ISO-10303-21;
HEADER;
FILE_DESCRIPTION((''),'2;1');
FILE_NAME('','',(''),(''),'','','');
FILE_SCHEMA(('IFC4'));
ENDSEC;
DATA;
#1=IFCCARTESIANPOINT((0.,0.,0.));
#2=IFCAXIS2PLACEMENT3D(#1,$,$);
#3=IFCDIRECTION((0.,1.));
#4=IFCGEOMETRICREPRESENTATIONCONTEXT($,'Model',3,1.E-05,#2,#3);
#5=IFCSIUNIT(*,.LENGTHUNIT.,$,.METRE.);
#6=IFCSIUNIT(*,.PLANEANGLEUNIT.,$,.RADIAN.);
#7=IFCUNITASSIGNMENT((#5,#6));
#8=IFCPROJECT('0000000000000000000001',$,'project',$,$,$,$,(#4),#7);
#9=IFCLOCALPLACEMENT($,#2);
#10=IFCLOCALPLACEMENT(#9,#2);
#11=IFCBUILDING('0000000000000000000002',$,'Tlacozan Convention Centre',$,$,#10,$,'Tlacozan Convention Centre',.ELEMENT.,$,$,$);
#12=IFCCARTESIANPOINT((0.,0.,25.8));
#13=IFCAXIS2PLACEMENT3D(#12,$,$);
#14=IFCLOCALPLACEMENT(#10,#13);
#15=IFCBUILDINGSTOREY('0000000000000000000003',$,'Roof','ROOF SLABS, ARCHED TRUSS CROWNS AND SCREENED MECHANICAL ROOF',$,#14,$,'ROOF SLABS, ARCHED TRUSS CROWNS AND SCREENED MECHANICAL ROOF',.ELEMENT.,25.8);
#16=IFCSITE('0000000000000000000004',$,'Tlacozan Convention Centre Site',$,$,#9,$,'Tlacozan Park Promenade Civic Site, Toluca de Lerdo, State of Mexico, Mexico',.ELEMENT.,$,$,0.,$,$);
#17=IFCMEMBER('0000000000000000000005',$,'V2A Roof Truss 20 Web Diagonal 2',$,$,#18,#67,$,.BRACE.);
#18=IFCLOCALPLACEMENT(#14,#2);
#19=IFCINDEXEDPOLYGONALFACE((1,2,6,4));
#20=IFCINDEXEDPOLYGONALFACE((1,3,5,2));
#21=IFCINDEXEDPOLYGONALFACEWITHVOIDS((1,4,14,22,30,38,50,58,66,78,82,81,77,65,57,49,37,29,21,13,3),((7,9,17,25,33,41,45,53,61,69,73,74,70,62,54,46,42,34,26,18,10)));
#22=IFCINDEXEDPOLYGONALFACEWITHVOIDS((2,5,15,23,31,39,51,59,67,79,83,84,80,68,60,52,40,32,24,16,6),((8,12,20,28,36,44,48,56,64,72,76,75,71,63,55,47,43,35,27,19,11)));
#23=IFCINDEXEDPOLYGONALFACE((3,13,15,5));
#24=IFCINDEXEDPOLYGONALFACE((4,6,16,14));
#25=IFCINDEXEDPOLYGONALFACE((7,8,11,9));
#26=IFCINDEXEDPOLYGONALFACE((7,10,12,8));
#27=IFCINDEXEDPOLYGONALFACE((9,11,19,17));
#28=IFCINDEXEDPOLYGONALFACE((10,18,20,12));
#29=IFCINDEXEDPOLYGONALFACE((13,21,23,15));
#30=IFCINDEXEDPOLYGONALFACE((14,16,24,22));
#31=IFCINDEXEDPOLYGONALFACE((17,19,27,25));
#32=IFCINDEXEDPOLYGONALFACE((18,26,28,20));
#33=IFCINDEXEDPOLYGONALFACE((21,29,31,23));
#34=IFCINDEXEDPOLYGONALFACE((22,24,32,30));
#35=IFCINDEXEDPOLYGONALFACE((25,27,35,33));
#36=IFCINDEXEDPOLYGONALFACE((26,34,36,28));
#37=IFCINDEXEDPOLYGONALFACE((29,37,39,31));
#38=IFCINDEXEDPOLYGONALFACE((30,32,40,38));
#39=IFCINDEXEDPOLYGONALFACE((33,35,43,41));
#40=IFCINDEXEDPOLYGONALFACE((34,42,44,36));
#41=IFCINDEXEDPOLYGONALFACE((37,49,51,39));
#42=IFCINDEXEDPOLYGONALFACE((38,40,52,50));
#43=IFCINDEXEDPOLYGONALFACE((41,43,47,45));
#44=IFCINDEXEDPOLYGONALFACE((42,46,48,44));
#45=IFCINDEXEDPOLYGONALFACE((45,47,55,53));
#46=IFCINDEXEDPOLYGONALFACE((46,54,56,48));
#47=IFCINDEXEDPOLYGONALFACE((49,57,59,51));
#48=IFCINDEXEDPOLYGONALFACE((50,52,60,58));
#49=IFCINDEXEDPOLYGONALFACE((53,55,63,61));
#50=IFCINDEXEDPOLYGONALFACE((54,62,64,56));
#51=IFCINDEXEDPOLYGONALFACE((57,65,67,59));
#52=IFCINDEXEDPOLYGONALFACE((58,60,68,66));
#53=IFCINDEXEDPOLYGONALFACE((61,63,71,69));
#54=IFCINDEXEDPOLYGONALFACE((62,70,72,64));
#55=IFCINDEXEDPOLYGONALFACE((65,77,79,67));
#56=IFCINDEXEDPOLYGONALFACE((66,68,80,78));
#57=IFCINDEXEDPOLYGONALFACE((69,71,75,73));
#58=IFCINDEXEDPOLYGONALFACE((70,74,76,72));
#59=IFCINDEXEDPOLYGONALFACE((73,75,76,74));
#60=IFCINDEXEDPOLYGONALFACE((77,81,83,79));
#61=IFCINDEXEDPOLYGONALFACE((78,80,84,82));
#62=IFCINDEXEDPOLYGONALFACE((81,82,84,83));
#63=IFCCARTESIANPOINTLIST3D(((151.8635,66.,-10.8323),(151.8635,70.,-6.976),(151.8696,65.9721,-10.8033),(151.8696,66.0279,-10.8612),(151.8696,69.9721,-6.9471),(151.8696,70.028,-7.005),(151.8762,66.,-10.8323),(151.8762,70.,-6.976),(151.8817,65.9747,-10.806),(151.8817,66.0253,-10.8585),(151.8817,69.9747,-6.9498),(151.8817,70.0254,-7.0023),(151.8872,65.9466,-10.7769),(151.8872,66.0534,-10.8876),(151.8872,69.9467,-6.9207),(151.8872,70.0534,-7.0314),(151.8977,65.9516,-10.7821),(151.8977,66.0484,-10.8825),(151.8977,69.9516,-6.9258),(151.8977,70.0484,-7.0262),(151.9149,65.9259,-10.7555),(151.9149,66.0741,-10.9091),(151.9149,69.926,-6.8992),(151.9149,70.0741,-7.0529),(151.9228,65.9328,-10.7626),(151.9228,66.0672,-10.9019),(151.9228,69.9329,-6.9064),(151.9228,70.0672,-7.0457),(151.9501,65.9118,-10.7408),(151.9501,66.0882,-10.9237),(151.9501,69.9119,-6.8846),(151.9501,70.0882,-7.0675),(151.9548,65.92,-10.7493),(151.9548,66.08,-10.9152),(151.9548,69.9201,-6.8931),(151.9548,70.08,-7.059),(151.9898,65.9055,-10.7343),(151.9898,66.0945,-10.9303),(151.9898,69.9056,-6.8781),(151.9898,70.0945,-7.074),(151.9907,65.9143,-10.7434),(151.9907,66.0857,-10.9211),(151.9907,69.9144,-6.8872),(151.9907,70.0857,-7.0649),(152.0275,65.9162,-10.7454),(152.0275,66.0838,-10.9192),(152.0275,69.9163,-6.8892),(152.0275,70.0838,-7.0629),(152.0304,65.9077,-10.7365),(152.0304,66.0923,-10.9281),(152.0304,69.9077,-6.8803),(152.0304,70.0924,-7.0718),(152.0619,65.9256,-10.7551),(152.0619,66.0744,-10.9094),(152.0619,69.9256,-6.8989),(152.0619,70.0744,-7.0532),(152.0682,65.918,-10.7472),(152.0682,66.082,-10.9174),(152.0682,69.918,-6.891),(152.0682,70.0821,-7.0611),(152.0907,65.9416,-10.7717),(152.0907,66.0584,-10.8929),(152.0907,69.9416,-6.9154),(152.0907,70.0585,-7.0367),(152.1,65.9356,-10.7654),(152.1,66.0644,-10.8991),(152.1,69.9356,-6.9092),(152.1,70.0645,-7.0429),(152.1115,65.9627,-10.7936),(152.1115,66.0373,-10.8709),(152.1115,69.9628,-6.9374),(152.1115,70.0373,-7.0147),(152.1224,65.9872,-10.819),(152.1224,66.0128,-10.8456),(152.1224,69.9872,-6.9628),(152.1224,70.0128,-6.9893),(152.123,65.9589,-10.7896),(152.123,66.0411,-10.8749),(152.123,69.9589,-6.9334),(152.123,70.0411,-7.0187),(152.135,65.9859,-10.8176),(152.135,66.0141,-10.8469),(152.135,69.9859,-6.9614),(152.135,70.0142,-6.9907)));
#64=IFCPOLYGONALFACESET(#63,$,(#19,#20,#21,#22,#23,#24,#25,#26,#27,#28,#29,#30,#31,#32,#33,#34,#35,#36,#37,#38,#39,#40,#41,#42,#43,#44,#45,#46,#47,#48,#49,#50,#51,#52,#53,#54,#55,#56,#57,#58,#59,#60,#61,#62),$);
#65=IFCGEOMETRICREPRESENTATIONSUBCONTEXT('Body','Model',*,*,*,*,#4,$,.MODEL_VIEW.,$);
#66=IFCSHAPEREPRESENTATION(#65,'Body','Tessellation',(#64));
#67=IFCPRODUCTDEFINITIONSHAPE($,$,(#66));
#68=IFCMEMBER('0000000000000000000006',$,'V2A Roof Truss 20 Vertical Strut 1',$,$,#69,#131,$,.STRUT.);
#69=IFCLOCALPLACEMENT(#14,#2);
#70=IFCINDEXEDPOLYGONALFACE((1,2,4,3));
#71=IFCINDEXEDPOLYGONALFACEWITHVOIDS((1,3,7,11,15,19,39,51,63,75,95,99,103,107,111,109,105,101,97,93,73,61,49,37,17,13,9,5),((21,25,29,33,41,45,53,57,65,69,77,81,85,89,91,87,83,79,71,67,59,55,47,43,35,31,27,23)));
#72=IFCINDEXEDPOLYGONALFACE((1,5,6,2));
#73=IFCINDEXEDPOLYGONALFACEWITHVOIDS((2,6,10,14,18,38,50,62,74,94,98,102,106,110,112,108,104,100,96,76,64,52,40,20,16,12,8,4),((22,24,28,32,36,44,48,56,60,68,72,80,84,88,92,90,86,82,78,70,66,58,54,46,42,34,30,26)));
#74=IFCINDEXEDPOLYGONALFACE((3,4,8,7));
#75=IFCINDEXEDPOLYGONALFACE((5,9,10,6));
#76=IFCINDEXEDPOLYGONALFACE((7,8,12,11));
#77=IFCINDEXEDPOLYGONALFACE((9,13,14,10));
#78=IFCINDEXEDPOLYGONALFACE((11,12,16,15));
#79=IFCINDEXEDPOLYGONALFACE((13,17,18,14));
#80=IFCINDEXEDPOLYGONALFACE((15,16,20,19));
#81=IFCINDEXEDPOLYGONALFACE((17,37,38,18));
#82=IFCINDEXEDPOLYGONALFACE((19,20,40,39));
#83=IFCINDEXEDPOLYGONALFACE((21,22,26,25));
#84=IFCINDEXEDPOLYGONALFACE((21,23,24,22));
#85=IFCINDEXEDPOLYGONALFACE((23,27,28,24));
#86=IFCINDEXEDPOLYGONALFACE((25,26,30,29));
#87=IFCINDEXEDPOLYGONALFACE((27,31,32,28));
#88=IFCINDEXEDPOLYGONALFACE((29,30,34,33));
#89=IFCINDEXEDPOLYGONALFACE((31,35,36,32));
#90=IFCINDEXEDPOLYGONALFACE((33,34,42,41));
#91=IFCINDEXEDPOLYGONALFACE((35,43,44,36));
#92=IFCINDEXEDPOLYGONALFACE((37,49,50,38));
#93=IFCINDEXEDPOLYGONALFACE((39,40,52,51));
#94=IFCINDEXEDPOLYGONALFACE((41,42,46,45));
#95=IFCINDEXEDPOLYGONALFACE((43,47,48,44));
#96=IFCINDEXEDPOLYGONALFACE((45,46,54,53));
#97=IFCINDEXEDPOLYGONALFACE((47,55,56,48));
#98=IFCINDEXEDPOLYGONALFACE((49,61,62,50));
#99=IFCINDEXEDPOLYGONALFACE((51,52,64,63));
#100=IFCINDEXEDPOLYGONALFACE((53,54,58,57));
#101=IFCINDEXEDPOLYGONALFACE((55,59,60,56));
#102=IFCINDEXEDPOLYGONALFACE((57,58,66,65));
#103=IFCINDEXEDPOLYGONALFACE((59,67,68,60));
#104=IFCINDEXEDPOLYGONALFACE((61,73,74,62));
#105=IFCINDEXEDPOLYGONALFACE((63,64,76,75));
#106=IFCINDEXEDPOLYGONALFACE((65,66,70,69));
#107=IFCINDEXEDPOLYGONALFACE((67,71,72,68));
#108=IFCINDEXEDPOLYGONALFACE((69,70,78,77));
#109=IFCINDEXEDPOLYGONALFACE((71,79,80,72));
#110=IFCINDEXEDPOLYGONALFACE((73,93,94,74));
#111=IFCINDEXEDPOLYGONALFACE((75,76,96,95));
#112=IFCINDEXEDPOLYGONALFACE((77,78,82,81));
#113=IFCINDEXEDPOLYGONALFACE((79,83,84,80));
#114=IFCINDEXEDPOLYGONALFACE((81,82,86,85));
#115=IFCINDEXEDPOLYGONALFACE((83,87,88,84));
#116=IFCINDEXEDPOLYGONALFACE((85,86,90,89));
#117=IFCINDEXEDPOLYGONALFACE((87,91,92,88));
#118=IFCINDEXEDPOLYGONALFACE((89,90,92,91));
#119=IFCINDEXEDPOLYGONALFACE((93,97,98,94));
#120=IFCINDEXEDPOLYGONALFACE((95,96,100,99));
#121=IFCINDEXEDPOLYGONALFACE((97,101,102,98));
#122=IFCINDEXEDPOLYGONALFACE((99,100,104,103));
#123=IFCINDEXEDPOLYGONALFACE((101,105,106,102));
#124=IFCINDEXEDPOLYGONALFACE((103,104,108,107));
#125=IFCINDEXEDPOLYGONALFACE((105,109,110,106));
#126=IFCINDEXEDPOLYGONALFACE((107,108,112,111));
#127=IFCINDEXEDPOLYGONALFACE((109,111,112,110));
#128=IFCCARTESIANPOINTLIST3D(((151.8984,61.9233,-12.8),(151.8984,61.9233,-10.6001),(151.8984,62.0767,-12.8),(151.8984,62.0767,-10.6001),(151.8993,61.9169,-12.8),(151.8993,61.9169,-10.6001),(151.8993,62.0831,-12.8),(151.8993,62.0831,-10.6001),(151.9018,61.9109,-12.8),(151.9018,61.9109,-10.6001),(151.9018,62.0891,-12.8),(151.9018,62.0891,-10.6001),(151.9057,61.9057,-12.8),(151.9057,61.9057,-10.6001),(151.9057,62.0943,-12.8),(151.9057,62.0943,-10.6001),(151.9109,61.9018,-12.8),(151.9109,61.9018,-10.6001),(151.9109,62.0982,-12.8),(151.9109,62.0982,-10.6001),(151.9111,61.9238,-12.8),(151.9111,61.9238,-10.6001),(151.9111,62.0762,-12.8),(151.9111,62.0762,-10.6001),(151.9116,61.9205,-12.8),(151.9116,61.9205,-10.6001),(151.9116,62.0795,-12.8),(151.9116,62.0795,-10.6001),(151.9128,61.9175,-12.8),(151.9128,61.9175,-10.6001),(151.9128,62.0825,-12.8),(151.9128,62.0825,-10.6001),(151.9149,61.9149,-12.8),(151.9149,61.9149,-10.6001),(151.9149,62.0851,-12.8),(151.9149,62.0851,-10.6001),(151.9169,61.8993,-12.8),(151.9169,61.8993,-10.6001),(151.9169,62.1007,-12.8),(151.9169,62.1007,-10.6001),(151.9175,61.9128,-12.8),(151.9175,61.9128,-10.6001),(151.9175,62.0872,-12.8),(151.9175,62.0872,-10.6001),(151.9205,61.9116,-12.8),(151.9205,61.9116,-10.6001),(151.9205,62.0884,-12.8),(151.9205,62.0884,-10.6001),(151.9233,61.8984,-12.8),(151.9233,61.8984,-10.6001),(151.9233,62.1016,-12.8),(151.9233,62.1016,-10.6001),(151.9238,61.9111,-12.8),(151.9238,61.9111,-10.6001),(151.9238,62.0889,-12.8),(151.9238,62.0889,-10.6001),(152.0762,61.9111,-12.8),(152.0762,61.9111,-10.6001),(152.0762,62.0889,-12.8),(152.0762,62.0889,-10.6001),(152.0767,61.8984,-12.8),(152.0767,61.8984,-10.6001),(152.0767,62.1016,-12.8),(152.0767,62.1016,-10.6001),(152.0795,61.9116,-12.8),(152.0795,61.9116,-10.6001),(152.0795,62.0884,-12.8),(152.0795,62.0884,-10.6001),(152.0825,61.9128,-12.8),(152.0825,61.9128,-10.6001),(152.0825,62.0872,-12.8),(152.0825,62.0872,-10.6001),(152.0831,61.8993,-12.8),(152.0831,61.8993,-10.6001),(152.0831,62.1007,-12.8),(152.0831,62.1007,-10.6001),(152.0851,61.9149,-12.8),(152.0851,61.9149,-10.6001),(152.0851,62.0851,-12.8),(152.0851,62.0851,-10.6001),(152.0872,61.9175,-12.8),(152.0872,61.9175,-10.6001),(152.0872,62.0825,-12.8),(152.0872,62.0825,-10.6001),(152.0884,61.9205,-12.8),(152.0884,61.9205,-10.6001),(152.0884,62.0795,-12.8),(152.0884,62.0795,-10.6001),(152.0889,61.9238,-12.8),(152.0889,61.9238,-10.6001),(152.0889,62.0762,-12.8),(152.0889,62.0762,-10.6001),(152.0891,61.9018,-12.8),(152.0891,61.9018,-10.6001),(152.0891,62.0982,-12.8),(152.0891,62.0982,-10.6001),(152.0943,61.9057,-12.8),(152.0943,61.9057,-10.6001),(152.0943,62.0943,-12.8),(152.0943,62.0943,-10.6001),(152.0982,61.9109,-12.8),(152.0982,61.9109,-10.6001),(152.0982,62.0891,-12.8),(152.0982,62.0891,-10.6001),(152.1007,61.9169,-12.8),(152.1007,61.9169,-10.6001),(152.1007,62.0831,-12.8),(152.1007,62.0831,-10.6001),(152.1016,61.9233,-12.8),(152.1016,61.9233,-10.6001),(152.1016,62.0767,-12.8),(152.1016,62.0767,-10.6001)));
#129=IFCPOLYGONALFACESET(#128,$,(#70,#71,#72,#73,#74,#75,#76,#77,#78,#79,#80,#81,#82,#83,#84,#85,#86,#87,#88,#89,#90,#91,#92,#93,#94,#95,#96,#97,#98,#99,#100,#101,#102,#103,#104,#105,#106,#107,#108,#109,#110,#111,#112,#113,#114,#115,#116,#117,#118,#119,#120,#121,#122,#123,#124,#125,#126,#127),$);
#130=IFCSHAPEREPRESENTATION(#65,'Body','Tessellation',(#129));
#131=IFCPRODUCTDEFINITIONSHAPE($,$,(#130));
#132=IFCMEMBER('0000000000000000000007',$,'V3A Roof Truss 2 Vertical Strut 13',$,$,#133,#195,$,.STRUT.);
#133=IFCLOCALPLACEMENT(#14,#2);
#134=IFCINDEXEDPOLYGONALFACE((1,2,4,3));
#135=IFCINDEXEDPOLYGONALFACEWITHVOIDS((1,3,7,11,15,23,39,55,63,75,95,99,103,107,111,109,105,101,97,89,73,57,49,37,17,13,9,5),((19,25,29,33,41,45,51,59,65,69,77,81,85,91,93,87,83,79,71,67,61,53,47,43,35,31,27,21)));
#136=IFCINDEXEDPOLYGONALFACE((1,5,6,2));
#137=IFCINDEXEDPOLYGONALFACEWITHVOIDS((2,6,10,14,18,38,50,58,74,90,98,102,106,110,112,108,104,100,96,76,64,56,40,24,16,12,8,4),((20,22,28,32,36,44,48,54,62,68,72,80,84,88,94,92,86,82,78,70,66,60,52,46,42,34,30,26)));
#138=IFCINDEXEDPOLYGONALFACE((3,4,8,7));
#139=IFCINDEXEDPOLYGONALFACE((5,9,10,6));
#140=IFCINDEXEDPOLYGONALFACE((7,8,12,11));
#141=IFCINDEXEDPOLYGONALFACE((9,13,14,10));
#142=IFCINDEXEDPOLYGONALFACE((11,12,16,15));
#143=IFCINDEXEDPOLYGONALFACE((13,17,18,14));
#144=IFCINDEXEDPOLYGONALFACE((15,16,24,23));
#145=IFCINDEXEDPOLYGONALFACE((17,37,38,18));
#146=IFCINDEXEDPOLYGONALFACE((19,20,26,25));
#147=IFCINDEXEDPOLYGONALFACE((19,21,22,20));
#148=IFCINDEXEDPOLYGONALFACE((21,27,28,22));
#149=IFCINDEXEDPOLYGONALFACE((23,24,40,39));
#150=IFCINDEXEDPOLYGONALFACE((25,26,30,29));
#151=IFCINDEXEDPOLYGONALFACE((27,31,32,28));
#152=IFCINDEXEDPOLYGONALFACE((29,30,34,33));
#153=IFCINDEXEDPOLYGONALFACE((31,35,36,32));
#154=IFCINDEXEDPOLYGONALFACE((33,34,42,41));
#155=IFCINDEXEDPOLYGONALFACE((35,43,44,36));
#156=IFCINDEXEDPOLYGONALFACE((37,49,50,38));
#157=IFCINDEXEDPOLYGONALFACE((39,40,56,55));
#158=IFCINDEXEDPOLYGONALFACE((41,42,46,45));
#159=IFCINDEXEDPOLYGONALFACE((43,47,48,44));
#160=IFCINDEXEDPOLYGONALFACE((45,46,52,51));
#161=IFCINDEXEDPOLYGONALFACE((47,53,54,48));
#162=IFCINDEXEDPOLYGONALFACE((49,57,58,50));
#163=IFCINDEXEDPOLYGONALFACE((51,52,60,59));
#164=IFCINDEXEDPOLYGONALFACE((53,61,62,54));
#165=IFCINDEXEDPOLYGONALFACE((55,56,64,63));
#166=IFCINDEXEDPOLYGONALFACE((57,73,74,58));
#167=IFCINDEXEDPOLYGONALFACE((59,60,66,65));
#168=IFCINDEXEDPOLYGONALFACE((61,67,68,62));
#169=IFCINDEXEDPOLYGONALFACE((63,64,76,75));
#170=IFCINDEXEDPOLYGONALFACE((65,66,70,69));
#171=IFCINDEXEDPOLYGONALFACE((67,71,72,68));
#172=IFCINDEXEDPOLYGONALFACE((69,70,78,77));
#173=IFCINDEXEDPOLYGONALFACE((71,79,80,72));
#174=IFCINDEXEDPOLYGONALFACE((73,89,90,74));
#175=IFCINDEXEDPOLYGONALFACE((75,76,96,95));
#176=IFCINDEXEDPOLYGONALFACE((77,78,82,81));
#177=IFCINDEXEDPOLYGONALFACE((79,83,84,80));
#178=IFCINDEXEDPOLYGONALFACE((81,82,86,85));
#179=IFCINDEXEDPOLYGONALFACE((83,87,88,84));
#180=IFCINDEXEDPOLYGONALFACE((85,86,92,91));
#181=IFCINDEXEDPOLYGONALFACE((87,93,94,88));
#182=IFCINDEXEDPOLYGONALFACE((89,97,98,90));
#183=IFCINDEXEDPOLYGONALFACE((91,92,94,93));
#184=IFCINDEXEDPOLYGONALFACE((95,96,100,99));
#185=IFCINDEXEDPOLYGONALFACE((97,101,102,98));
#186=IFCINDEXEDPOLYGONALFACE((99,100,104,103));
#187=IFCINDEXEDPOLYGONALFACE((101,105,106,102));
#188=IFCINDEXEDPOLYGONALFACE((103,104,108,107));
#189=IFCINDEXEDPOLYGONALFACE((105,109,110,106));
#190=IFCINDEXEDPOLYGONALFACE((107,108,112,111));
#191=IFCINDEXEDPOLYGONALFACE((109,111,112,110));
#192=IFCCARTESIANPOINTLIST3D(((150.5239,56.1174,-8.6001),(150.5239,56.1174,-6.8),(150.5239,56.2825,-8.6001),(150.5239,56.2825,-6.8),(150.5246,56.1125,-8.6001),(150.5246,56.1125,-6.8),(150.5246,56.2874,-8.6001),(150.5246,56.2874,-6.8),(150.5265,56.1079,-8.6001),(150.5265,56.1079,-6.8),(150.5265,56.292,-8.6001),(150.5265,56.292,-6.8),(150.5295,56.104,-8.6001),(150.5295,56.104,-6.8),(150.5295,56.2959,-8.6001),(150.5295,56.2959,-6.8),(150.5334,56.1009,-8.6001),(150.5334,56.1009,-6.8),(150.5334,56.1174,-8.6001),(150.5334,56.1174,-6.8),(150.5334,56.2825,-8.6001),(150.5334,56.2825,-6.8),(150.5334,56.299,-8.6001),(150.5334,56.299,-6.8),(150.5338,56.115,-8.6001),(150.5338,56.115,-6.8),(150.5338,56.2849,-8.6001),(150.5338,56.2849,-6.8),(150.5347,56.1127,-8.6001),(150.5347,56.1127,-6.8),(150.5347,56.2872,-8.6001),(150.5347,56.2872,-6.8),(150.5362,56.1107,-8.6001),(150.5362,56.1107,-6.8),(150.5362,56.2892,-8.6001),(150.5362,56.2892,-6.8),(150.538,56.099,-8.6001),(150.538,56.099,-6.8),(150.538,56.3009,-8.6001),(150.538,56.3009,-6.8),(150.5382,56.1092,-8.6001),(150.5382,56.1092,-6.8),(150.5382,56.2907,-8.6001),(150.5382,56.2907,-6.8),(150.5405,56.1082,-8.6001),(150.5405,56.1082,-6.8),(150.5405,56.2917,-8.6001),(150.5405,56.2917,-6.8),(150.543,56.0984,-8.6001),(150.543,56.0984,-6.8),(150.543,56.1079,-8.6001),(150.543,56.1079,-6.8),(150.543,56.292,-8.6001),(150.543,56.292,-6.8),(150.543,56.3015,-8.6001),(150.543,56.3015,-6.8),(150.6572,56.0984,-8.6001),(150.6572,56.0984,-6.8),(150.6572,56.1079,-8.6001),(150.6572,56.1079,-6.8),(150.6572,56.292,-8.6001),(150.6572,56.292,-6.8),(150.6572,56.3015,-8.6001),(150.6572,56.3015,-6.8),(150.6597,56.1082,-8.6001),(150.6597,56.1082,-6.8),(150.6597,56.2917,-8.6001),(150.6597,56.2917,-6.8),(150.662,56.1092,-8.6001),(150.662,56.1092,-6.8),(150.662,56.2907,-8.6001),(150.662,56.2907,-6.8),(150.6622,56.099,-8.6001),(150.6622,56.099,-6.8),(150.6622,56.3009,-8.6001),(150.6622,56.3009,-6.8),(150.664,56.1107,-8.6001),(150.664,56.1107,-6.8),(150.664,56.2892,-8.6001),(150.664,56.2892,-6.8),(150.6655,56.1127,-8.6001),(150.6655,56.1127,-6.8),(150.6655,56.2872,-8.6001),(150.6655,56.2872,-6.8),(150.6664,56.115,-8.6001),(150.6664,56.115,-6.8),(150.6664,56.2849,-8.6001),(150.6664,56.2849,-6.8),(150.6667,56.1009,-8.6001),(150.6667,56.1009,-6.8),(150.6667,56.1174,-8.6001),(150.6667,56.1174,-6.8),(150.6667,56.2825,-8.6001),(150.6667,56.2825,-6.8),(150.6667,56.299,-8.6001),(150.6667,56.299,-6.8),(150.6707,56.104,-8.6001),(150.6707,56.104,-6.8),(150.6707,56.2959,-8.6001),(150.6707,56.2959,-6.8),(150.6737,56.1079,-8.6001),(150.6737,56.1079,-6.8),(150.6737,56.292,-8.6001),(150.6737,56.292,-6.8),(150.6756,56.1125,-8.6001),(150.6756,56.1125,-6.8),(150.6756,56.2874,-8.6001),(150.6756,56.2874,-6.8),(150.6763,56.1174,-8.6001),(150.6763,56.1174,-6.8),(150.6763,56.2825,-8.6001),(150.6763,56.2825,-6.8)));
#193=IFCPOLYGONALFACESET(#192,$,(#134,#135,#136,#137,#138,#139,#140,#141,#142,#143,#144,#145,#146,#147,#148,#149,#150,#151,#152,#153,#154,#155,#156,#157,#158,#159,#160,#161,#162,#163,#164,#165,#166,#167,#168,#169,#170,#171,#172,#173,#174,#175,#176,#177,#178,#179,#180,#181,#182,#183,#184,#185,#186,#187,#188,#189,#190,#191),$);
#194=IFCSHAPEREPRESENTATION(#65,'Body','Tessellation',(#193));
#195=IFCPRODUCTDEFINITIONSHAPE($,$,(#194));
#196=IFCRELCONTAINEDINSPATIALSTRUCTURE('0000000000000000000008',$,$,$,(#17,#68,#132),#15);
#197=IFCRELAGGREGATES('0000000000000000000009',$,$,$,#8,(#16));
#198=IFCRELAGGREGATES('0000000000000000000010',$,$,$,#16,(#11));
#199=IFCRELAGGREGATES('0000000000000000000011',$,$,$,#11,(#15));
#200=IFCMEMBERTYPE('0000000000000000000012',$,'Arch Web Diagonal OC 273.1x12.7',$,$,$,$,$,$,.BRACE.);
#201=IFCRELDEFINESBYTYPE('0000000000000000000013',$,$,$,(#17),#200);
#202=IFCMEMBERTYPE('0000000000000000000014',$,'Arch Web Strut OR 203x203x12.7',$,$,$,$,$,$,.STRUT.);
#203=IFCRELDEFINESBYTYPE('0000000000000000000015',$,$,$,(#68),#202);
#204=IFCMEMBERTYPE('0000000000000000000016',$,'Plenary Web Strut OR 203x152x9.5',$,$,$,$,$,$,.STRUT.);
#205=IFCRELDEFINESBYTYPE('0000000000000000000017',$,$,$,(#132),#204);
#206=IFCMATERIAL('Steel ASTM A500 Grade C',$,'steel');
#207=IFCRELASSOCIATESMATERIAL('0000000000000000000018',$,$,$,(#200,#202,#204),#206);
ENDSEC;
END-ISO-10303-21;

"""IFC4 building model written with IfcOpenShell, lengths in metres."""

from ifc_helpers import new_model, si_unit, direction, frame, origin, origin_2d, place, context, subcontext, project, spatial, hollow_rectangle, hollow_circle, extrude, material, material_profile, profile_set, type_object, element, save


model = new_model("IFC4")

# Units and contexts
model_context = context("Model", 3, precision=1e-05, world=origin(), true_north=direction((0.0, 1.0)))
body_context = subcontext(model_context, "Body", "Model", "MODEL_VIEW")
ifc_project = project(units=[si_unit("LENGTHUNIT", "METRE"), si_unit("PLANEANGLEUNIT", "RADIAN")], contexts=[model_context])

# Site, building, storey
site_placement = place(None, origin())
site = spatial("IfcSite", under=ifc_project, at=site_placement, Name="Tlacozan Convention Centre Site", LongName="Tlacozan Park Promenade Civic Site, Toluca de Lerdo, State of Mexico, Mexico", CompositionType="ELEMENT", RefElevation=0.0)
building_placement = place(site_placement, origin())
building = spatial("IfcBuilding", under=site, at=building_placement, Name="Tlacozan Convention Centre", LongName="Tlacozan Convention Centre", CompositionType="ELEMENT")
storey_placement = place(building_placement, frame((0.0, 0.0, 25.8)))
storey = spatial("IfcBuildingStorey", under=building, at=storey_placement, Name="Roof", Description="ROOF SLABS, ARCHED TRUSS CROWNS AND SCREENED MECHANICAL ROOF", LongName="ROOF SLABS, ARCHED TRUSS CROWNS AND SCREENED MECHANICAL ROOF", CompositionType="ELEMENT", Elevation=25.8)

# Members
ifc_material_1 = material(Name="Steel ASTM A500 Grade C", Category="steel")
ifc_material_profile_1 = material_profile(ifc_material_1, hollow_circle(Radius=0.1365, WallThickness=0.0127, at=origin_2d()), Name="OC 273.1x12.7")
ifc_profile_set_1 = profile_set([ifc_material_profile_1], Name="Steel ASTM A500 Grade C")
member_type_1 = type_object("IfcMemberType", Name="Arch Web Diagonal OC 273.1x12.7", PredefinedType="BRACE", material=ifc_profile_set_1)
member_1_placement = place(storey_placement, frame((152.0, 66.0, -10.8323), z_axis=(0.0, 0.719929, 0.694048), x_axis=(-1.0, 0.0, 0.0)))
element("IfcMember", 1, at=member_1_placement, inside=storey, type_object=member_type_1, Name="V2A Roof Truss 20 Web Diagonal 2", PredefinedType="BRACE", context=body_context, shape_type="SweptSolid", body=[
    extrude(hollow_circle(Radius=0.1365, WallThickness=0.0127, at=origin_2d()), origin(), (0.0, 0.0, 1.0), 5.5562),
])
ifc_material_profile_2 = material_profile(ifc_material_1, hollow_rectangle(XDim=0.2031, YDim=0.2031, WallThickness=0.0127, InnerFilletRadius=0.0127, OuterFilletRadius=0.0249, at=origin_2d()), Name="OR 203x203x12.7")
ifc_profile_set_2 = profile_set([ifc_material_profile_2], Name="Steel ASTM A500 Grade C")
member_type_2 = type_object("IfcMemberType", Name="Arch Web Strut OR 203x203x12.7", PredefinedType="STRUT", material=ifc_profile_set_2)
member_2_placement = place(storey_placement, frame((152.0, 62.0, -12.8), z_axis=(0.0, 0.0, 1.0), x_axis=(1.0, 0.0, 0.0)))
element("IfcMember", 2, at=member_2_placement, inside=storey, type_object=member_type_2, Name="V2A Roof Truss 20 Vertical Strut 1", PredefinedType="STRUT", context=body_context, shape_type="SweptSolid", body=[
    extrude(hollow_rectangle(XDim=0.2031, YDim=0.2031, WallThickness=0.0127, InnerFilletRadius=0.0127, OuterFilletRadius=0.0249, at=origin_2d()), origin(), (0.0, 0.0, 1.0), 2.2),
])
ifc_material_profile_3 = material_profile(ifc_material_1, hollow_rectangle(XDim=0.1523, YDim=0.2031, WallThickness=0.0095, InnerFilletRadius=0.0095, OuterFilletRadius=0.019, at=origin_2d()), Name="OR 203x152x9.5")
ifc_profile_set_3 = profile_set([ifc_material_profile_3], Name="Steel ASTM A500 Grade C")
member_type_3 = type_object("IfcMemberType", Name="Plenary Web Strut OR 203x152x9.5", PredefinedType="STRUT", material=ifc_profile_set_3)
for number, where, z_axis, x_axis, name in (
    (3, (150.6001, 56.2, -8.6001), (0.0, 0.0, 1.0), (1.0, 0.0, 0.0), "V3A Roof Truss 2 Vertical Strut 13"),
):
    element("IfcMember", number, at=place(storey_placement, frame(where, z_axis=z_axis, x_axis=x_axis)), inside=storey, type_object=member_type_3, Name=name, PredefinedType="STRUT", context=body_context, shape_type="SweptSolid", body=[
        extrude(hollow_rectangle(XDim=0.1523, YDim=0.2031, WallThickness=0.0095, InnerFilletRadius=0.0095, OuterFilletRadius=0.019, at=origin_2d()), origin(), (0.0, 0.0, 1.0), 1.8),
    ])

save(model, "model.ifc")
